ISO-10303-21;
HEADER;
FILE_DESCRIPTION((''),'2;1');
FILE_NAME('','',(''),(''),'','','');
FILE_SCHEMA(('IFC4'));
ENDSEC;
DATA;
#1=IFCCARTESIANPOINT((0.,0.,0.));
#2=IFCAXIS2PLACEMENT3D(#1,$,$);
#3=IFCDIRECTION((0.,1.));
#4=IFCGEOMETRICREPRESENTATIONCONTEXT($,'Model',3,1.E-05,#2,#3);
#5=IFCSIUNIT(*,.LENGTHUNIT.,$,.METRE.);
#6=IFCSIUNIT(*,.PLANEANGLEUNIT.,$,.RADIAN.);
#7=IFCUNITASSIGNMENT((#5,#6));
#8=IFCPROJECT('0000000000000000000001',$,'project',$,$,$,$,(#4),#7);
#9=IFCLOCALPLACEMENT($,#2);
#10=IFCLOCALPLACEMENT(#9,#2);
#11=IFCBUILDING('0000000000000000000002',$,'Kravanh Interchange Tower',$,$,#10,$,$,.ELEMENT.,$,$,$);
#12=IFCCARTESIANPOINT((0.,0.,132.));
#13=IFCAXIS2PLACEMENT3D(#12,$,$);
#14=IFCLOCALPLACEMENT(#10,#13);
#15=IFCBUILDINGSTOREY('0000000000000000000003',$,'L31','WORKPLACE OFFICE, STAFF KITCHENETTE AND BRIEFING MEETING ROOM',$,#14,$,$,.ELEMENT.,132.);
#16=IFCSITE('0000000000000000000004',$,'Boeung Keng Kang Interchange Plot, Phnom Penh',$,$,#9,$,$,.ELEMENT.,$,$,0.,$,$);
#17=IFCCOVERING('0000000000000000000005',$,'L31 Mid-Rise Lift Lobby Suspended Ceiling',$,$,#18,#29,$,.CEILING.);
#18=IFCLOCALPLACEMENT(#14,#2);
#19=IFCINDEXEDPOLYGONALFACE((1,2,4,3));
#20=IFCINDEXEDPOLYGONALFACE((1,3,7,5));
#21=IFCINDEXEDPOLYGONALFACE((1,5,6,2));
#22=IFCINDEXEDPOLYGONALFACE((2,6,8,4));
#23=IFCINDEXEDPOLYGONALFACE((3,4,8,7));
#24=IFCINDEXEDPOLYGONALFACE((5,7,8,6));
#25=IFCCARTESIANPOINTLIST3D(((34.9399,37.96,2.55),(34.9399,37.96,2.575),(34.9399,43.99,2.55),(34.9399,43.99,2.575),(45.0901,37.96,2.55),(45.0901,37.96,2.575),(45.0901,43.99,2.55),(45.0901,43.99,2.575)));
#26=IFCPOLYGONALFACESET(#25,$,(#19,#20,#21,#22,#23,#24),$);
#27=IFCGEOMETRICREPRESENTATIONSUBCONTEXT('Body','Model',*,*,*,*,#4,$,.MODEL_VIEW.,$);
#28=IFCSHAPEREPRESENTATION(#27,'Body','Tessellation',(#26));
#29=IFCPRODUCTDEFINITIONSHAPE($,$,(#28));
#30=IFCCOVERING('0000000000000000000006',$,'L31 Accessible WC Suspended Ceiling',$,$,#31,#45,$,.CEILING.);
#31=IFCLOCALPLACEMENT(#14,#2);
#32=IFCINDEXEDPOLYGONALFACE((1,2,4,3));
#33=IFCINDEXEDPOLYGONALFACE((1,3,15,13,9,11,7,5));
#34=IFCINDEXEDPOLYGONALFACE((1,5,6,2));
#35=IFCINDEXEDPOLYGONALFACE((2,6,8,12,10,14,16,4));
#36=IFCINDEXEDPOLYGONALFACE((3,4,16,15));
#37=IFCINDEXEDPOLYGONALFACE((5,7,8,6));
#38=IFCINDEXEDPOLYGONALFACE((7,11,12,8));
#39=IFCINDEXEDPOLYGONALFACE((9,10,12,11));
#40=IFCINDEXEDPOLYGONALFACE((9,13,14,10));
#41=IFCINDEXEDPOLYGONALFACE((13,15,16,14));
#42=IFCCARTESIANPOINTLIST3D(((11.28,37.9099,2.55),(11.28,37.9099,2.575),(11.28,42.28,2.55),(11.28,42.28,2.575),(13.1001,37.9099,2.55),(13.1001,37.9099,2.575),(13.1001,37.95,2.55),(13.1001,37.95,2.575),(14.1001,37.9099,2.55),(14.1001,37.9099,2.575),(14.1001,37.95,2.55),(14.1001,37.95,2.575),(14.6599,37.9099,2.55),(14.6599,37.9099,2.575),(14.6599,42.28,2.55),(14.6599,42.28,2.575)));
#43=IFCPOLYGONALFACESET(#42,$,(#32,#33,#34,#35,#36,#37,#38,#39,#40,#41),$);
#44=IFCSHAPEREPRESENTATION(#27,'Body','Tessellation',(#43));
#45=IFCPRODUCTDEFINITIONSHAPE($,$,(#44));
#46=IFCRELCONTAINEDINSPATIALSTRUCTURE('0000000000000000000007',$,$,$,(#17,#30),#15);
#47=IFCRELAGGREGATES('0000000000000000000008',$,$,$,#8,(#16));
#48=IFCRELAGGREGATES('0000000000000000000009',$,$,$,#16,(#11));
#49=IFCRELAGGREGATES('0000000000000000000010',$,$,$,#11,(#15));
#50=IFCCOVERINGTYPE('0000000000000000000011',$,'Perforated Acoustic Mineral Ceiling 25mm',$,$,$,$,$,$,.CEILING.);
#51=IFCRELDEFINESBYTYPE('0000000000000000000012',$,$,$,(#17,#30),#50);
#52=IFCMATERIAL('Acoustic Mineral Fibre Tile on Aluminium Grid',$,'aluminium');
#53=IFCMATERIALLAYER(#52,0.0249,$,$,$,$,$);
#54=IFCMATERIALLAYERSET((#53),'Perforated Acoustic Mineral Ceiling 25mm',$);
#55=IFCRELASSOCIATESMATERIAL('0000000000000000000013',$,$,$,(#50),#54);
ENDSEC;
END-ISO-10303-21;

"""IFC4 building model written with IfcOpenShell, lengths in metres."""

from ifc_helpers import new_model, si_unit, direction, frame, origin, place, context, subcontext, project, spatial, polyline, outline, extrude, material, layer, layer_set, type_object, element, save


model = new_model("IFC4")

# Units and contexts
model_context = context("Model", 3, precision=1e-05, world=origin(), true_north=direction((0.0, 1.0)))
body_context = subcontext(model_context, "Body", "Model", "MODEL_VIEW")
ifc_project = project(units=[si_unit("LENGTHUNIT", "METRE"), si_unit("PLANEANGLEUNIT", "RADIAN")], contexts=[model_context])

# Site, building, storey
site_placement = place(None, origin())
site = spatial("IfcSite", under=ifc_project, at=site_placement, Name="Boeung Keng Kang Interchange Plot, Phnom Penh", CompositionType="ELEMENT", RefElevation=0.0)
building_placement = place(site_placement, origin())
building = spatial("IfcBuilding", under=site, at=building_placement, Name="Kravanh Interchange Tower", CompositionType="ELEMENT")
storey_placement = place(building_placement, frame((0.0, 0.0, 132.0)))
storey = spatial("IfcBuildingStorey", under=building, at=storey_placement, Name="L31", Description="WORKPLACE OFFICE, STAFF KITCHENETTE AND BRIEFING MEETING ROOM", CompositionType="ELEMENT", Elevation=132.0)

# Coverings
ifc_material_1 = material(Name="Acoustic Mineral Fibre Tile on Aluminium Grid", Category="aluminium")
ifc_layer_1 = layer(ifc_material_1, 0.0249)
ifc_layer_set_1 = layer_set([ifc_layer_1], Name="Perforated Acoustic Mineral Ceiling 25mm")
covering_type_1 = type_object("IfcCoveringType", Name="Perforated Acoustic Mineral Ceiling 25mm", PredefinedType="CEILING", material=ifc_layer_set_1)
covering_1_placement = place(storey_placement, frame((0.0, 0.0, 2.55)))
element("IfcCovering", 1, at=covering_1_placement, inside=storey, type_object=covering_type_1, Name="L31 Mid-Rise Lift Lobby Suspended Ceiling", PredefinedType="CEILING", context=body_context, shape_type="SweptSolid", body=[
    extrude(outline(polyline([(45.0901, 37.96), (34.9399, 37.96), (34.9399, 43.99), (45.0901, 43.99), (45.0901, 37.96)])), origin(), (0.0, 0.0, 1.0), 0.0249),
])
covering_2_placement = place(storey_placement, frame((0.0, 0.0, 2.55)))
element("IfcCovering", 2, at=covering_2_placement, inside=storey, type_object=covering_type_1, Name="L31 Accessible WC Suspended Ceiling", PredefinedType="CEILING", context=body_context, shape_type="SweptSolid", body=[
    extrude(outline(polyline([(14.6599, 42.28), (14.6599, 37.9099), (14.1001, 37.9099), (14.1001, 37.95), (13.1001, 37.95), (13.1001, 37.9099), (11.28, 37.9099), (11.28, 42.28), (14.6599, 42.28)])), origin(), (0.0, 0.0, 1.0), 0.0249),
])

save(model, "model.ifc")
